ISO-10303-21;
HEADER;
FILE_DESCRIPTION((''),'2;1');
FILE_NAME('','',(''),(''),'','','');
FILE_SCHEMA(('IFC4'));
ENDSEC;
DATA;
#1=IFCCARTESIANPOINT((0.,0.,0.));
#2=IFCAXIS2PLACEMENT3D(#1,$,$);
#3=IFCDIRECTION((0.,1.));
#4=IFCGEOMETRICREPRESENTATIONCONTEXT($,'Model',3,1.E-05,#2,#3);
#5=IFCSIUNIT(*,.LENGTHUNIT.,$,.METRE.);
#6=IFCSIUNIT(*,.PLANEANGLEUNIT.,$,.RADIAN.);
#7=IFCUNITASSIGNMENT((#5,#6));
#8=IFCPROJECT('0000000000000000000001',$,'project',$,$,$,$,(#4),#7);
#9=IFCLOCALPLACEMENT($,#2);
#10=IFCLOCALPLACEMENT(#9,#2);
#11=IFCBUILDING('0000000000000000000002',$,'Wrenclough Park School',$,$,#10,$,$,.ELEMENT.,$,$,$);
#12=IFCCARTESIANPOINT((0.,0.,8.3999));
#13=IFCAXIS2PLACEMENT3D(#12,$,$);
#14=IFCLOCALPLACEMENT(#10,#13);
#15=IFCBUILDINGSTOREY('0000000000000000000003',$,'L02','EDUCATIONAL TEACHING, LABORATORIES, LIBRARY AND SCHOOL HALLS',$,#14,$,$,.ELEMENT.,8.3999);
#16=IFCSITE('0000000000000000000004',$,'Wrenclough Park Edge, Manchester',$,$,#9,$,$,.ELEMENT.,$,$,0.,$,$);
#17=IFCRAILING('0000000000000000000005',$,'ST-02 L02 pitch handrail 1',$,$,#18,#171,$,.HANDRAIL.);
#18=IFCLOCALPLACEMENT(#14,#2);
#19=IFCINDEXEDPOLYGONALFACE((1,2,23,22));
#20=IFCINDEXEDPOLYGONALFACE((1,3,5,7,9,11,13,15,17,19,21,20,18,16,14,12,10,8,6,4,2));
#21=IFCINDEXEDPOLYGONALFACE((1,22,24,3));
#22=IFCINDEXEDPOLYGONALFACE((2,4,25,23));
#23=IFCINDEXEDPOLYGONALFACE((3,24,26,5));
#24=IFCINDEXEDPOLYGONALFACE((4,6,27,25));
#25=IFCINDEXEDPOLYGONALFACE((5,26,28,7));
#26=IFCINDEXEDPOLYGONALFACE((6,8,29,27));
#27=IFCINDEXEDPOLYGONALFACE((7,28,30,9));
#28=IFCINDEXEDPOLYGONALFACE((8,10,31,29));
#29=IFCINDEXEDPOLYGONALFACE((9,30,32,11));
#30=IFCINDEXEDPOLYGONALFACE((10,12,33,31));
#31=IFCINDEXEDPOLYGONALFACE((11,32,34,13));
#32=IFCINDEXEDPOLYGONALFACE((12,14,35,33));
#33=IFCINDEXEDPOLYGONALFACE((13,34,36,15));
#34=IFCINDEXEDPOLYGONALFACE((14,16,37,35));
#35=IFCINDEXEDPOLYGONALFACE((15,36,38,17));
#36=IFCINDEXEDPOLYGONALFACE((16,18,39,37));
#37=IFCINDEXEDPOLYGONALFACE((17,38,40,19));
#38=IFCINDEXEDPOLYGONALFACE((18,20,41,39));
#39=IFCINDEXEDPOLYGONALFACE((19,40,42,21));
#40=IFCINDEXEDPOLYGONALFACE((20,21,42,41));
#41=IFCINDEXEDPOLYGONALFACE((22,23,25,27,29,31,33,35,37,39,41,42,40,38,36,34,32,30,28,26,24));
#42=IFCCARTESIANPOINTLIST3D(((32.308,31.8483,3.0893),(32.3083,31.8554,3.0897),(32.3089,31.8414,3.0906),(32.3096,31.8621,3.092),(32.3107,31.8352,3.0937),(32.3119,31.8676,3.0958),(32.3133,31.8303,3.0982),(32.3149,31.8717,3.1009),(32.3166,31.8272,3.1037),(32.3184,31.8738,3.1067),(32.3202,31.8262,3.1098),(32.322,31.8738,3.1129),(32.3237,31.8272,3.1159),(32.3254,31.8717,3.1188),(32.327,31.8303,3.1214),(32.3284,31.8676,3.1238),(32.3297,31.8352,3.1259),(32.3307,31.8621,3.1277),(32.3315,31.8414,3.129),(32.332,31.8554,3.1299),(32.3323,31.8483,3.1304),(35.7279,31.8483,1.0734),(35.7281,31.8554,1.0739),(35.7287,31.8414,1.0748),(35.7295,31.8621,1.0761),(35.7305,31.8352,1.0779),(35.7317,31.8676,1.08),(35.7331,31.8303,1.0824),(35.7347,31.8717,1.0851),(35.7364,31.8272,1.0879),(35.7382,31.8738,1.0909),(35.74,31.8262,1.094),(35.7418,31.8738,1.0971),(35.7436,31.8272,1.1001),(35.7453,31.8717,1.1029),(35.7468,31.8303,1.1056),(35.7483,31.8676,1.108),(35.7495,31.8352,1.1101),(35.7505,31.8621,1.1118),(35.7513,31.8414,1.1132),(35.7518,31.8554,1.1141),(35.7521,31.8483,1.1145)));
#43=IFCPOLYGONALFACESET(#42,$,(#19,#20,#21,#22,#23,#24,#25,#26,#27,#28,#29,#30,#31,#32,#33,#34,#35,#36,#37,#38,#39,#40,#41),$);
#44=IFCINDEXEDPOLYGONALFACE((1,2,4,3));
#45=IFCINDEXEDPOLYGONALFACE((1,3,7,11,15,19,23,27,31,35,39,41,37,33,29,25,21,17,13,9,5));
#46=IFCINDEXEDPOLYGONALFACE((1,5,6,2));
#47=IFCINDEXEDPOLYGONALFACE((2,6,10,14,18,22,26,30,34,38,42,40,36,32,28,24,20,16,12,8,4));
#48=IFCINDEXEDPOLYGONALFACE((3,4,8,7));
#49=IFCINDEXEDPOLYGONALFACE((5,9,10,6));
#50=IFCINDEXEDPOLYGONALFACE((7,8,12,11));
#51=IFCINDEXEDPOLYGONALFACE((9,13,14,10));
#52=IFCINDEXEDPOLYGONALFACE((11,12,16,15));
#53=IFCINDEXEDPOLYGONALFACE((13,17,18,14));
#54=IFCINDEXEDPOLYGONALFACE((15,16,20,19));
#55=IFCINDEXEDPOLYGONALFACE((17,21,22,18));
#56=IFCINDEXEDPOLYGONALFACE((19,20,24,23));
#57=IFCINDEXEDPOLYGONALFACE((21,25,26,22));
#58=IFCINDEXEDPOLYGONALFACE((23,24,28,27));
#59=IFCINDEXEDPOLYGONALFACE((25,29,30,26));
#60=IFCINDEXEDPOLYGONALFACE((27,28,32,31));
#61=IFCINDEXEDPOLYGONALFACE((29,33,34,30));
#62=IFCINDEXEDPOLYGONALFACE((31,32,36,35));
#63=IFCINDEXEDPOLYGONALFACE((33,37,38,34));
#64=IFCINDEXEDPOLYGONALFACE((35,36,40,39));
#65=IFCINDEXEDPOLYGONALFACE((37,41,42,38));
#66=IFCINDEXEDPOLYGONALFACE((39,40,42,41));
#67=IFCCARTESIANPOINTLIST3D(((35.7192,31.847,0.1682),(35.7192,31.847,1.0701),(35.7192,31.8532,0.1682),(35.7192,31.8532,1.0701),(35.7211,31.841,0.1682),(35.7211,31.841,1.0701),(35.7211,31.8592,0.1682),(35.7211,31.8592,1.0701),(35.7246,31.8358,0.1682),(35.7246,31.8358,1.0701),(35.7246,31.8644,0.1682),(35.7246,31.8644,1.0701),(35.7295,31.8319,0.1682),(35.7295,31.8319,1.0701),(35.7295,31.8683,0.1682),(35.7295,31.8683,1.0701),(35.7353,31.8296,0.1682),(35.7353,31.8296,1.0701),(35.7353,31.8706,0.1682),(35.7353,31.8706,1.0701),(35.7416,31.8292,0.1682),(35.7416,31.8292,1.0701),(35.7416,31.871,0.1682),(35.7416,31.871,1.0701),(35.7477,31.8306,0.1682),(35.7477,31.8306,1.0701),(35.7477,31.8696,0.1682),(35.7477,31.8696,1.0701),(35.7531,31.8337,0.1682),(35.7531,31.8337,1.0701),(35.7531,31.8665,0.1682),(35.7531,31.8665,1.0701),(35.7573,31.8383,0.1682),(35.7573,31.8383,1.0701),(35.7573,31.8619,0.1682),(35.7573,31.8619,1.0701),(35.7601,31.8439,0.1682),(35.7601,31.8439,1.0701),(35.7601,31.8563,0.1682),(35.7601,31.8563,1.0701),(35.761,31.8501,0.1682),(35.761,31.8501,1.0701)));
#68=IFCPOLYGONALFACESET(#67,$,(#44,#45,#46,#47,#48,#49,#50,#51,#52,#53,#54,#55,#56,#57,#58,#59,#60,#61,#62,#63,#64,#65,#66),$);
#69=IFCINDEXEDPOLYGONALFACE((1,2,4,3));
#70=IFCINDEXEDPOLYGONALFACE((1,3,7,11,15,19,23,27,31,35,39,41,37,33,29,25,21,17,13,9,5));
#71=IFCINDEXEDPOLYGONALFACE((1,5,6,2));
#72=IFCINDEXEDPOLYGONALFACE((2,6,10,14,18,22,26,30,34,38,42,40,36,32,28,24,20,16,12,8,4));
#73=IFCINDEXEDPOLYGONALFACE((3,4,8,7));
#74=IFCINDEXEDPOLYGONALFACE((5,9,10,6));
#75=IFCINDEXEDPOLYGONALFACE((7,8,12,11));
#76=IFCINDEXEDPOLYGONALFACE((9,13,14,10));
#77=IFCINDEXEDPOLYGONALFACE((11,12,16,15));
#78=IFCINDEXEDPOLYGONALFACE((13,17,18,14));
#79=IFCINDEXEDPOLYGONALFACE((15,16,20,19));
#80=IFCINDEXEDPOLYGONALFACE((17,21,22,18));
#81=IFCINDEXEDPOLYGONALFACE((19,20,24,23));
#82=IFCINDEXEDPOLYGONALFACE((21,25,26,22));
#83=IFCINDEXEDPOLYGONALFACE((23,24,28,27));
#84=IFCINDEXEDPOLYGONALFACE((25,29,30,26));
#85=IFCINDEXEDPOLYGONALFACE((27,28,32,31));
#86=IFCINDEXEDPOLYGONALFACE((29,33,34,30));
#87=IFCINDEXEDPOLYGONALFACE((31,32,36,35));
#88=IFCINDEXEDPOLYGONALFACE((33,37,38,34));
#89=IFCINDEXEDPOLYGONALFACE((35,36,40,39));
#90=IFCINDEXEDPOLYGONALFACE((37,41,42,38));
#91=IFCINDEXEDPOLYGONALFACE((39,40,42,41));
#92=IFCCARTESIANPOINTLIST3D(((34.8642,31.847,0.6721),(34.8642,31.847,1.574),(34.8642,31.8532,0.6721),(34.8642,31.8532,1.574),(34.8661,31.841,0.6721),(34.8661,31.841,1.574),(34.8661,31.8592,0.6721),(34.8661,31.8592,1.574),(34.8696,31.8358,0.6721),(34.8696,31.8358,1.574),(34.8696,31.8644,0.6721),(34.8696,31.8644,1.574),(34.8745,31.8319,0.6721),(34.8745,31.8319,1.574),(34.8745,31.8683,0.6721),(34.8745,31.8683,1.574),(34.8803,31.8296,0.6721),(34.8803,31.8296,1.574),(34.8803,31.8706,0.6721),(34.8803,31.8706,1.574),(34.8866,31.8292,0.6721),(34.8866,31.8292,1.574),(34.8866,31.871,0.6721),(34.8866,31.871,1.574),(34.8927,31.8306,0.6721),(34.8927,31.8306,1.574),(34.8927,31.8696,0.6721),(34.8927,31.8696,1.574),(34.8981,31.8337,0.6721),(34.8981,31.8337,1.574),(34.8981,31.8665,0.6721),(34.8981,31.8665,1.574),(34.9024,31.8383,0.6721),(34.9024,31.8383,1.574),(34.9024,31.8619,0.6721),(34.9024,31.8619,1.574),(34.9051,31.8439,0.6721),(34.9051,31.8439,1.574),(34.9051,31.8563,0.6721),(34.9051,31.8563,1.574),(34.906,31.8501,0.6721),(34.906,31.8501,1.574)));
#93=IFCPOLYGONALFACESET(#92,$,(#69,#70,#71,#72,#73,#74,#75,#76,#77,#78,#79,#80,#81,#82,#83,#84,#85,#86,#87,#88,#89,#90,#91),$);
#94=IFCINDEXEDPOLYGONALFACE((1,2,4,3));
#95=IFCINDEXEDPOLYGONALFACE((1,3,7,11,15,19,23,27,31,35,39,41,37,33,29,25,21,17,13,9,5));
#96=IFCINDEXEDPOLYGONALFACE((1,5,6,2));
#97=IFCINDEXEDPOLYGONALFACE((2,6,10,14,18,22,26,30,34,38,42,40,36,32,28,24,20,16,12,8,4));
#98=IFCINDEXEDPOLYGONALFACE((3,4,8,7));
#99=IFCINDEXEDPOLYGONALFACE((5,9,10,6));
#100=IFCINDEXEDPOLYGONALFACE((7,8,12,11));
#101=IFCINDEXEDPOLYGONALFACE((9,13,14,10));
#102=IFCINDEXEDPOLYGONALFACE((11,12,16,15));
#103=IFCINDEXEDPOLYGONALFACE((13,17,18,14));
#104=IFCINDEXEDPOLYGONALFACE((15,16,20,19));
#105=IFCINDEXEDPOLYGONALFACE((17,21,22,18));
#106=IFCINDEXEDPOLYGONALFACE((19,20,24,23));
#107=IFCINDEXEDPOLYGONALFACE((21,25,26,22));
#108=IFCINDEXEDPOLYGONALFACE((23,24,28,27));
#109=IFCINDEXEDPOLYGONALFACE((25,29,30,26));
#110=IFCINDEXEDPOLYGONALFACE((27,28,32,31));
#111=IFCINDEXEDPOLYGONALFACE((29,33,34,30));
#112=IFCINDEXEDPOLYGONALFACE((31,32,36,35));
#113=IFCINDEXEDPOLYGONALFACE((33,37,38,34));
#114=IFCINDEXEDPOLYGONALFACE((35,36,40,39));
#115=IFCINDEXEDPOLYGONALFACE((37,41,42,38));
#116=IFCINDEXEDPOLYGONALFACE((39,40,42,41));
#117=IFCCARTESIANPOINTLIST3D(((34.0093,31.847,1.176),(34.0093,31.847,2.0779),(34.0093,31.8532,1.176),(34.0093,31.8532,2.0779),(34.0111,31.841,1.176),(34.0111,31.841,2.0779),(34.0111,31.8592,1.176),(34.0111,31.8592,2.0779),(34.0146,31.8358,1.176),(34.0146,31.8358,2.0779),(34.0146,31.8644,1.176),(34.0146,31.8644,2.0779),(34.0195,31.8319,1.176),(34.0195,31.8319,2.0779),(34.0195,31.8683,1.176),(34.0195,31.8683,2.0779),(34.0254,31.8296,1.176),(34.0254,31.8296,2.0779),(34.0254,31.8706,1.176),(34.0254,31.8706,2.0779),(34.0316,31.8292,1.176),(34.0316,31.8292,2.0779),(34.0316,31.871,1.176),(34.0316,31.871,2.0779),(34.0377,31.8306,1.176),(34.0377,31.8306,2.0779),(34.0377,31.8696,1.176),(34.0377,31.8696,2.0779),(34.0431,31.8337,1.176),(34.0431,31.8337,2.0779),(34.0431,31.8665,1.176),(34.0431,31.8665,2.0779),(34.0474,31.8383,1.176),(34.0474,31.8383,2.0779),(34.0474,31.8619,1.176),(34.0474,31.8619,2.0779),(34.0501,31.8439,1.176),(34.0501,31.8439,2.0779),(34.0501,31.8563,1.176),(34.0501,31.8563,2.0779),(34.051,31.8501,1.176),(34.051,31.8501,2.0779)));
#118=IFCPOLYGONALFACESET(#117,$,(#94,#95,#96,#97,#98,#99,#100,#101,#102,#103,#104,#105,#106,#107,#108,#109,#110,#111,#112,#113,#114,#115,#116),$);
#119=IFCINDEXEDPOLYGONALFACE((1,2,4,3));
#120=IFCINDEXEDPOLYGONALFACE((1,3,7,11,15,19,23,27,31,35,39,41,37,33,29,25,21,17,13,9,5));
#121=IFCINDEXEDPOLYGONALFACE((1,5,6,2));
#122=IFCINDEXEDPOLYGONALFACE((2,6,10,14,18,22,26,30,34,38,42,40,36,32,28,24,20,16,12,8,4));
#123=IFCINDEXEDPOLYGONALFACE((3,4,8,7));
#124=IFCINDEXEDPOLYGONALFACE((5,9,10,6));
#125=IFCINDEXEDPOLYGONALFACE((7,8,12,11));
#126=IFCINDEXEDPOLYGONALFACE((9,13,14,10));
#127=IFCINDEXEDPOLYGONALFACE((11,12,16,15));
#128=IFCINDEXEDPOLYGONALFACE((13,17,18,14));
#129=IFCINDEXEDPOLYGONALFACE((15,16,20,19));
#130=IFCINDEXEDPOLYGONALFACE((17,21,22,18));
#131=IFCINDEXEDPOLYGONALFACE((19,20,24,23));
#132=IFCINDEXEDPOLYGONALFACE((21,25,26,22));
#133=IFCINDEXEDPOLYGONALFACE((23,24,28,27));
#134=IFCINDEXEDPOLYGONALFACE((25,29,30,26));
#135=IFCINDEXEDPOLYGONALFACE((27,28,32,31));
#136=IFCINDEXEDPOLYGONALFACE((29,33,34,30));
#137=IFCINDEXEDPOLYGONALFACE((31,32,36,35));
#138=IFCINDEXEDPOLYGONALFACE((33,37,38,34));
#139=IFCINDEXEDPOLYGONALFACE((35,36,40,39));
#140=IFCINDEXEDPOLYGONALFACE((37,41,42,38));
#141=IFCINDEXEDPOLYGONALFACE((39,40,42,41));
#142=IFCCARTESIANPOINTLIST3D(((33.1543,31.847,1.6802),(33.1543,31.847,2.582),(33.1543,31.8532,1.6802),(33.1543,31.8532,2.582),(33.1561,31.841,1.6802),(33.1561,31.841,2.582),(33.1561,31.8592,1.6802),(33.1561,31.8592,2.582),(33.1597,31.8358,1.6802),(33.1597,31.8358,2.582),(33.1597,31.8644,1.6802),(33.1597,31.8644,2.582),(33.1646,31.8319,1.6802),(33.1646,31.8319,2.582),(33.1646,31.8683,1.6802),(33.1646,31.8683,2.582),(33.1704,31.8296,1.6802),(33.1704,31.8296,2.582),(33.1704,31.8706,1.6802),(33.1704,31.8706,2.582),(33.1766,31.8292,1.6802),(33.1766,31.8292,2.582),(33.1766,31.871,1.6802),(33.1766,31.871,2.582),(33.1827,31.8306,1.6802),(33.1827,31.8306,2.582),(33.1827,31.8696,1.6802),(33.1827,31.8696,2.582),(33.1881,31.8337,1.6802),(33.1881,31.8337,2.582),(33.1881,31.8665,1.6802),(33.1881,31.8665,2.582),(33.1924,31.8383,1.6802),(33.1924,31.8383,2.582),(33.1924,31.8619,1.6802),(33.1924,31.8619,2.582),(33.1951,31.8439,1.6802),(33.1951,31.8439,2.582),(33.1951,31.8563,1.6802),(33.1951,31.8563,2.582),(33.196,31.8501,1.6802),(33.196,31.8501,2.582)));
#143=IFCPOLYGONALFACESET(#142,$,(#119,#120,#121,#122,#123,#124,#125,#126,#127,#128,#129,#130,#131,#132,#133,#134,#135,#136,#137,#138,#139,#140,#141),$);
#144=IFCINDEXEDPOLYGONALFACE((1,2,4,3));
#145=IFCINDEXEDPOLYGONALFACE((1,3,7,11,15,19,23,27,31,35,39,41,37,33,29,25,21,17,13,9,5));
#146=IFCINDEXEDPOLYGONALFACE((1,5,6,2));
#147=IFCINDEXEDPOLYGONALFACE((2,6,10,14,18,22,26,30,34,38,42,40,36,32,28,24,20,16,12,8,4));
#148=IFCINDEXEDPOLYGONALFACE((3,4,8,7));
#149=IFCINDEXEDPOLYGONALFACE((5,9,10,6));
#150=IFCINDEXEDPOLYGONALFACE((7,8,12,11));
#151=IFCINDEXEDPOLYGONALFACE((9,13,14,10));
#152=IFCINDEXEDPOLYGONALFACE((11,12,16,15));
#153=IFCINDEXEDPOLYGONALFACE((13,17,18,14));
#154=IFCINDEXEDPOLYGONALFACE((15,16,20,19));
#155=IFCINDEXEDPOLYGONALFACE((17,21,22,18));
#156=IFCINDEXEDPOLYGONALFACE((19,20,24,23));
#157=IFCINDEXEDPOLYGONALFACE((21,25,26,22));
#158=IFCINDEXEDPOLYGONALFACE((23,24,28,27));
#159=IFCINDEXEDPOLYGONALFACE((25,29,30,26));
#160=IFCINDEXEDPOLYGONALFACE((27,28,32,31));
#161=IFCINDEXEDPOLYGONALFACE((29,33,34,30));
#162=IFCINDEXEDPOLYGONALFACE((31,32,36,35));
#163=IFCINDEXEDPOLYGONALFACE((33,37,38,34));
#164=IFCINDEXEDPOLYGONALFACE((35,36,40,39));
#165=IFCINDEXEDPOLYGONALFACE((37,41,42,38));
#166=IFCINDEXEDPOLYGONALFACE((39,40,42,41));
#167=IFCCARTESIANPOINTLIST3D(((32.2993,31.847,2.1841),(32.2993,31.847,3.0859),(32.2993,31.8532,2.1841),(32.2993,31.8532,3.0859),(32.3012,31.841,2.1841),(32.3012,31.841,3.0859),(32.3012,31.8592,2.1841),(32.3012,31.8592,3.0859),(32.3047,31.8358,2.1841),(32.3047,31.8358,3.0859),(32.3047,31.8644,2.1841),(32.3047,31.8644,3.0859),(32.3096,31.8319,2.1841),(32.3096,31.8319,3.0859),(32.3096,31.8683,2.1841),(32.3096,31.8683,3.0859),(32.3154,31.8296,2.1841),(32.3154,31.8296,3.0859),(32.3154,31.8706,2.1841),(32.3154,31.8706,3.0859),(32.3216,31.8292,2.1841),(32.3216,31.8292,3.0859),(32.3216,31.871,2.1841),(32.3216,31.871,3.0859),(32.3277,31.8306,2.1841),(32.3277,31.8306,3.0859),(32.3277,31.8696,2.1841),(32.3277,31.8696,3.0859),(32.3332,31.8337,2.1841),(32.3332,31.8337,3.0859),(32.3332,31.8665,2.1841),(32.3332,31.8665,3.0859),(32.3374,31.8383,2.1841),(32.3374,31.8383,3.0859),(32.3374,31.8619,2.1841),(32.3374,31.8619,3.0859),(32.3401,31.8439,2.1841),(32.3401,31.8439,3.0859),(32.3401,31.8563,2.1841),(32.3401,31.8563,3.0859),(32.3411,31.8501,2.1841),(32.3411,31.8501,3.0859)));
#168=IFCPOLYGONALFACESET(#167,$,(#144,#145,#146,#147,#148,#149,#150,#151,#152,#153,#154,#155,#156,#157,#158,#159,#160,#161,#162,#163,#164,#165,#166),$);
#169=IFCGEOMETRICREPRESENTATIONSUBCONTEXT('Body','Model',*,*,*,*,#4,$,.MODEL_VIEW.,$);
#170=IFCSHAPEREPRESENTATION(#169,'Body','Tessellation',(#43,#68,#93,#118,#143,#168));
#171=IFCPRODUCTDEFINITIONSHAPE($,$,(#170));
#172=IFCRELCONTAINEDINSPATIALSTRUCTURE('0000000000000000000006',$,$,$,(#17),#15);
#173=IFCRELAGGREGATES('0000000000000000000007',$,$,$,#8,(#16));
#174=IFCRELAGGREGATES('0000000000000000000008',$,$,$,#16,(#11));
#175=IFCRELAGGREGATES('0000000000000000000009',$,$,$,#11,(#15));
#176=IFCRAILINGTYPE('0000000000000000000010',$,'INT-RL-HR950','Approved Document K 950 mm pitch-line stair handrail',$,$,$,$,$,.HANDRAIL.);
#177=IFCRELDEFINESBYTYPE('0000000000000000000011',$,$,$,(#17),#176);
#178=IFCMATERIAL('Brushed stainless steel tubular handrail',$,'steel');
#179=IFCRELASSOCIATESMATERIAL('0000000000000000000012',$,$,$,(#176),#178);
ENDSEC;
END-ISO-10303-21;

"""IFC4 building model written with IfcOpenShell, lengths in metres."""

from ifc_helpers import new_model, si_unit, direction, frame, origin, origin_2d, place, context, subcontext, project, spatial, circle, extrude, material, type_object, element, save


model = new_model("IFC4")

# Units and contexts
model_context = context("Model", 3, precision=1e-05, world=origin(), true_north=direction((0.0, 1.0)))
body_context = subcontext(model_context, "Body", "Model", "MODEL_VIEW")
ifc_project = project(units=[si_unit("LENGTHUNIT", "METRE"), si_unit("PLANEANGLEUNIT", "RADIAN")], contexts=[model_context])

# Site, building, storey
site_placement = place(None, origin())
site = spatial("IfcSite", under=ifc_project, at=site_placement, Name="Wrenclough Park Edge, Manchester", CompositionType="ELEMENT", RefElevation=0.0)
building_placement = place(site_placement, origin())
building = spatial("IfcBuilding", under=site, at=building_placement, Name="Wrenclough Park School", CompositionType="ELEMENT")
storey_placement = place(building_placement, frame((0.0, 0.0, 8.3999)))
storey = spatial("IfcBuildingStorey", under=building, at=storey_placement, Name="L02", Description="EDUCATIONAL TEACHING, LABORATORIES, LIBRARY AND SCHOOL HALLS", CompositionType="ELEMENT", Elevation=8.3999)

# Railing
ifc_material_1 = material(Name="Brushed stainless steel tubular handrail", Category="steel")
railing_type_1 = type_object("IfcRailingType", Name="INT-RL-HR950", Description="Approved Document K 950 mm pitch-line stair handrail", PredefinedType="HANDRAIL", material=ifc_material_1)
railing_1_placement = place(storey_placement, frame((35.74, 31.8501, 0.1682)))
element("IfcRailing", 1, at=railing_1_placement, inside=storey, type_object=railing_type_1, Name="ST-02 L02 pitch handrail 1", PredefinedType="HANDRAIL", context=body_context, shape_type="SweptSolid", body=[
    extrude(circle(Radius=0.0239, at=origin_2d()), frame((0.0, 0.0, 0.9258), z_axis=(-0.861477, 0.0, 0.507797), x_axis=(0.0, -1.0, 0.0)), (0.0, 0.0, 1.0), 3.9697),
    extrude(circle(Radius=0.021, at=origin_2d()), origin(), (0.0, 0.0, 1.0), 0.9019),
    extrude(circle(Radius=0.021, at=origin_2d()), frame((-0.855, 0.0, 0.5039)), (0.0, 0.0, 1.0), 0.9019),
    extrude(circle(Radius=0.021, at=origin_2d()), frame((-1.71, 0.0, 1.0078)), (0.0, 0.0, 1.0), 0.9019),
    extrude(circle(Radius=0.021, at=origin_2d()), frame((-2.5649, 0.0, 1.512)), (0.0, 0.0, 1.0), 0.9019),
    extrude(circle(Radius=0.021, at=origin_2d()), frame((-3.4199, 0.0, 2.0159)), (0.0, 0.0, 1.0), 0.9019),
])

save(model, "model.ifc")
